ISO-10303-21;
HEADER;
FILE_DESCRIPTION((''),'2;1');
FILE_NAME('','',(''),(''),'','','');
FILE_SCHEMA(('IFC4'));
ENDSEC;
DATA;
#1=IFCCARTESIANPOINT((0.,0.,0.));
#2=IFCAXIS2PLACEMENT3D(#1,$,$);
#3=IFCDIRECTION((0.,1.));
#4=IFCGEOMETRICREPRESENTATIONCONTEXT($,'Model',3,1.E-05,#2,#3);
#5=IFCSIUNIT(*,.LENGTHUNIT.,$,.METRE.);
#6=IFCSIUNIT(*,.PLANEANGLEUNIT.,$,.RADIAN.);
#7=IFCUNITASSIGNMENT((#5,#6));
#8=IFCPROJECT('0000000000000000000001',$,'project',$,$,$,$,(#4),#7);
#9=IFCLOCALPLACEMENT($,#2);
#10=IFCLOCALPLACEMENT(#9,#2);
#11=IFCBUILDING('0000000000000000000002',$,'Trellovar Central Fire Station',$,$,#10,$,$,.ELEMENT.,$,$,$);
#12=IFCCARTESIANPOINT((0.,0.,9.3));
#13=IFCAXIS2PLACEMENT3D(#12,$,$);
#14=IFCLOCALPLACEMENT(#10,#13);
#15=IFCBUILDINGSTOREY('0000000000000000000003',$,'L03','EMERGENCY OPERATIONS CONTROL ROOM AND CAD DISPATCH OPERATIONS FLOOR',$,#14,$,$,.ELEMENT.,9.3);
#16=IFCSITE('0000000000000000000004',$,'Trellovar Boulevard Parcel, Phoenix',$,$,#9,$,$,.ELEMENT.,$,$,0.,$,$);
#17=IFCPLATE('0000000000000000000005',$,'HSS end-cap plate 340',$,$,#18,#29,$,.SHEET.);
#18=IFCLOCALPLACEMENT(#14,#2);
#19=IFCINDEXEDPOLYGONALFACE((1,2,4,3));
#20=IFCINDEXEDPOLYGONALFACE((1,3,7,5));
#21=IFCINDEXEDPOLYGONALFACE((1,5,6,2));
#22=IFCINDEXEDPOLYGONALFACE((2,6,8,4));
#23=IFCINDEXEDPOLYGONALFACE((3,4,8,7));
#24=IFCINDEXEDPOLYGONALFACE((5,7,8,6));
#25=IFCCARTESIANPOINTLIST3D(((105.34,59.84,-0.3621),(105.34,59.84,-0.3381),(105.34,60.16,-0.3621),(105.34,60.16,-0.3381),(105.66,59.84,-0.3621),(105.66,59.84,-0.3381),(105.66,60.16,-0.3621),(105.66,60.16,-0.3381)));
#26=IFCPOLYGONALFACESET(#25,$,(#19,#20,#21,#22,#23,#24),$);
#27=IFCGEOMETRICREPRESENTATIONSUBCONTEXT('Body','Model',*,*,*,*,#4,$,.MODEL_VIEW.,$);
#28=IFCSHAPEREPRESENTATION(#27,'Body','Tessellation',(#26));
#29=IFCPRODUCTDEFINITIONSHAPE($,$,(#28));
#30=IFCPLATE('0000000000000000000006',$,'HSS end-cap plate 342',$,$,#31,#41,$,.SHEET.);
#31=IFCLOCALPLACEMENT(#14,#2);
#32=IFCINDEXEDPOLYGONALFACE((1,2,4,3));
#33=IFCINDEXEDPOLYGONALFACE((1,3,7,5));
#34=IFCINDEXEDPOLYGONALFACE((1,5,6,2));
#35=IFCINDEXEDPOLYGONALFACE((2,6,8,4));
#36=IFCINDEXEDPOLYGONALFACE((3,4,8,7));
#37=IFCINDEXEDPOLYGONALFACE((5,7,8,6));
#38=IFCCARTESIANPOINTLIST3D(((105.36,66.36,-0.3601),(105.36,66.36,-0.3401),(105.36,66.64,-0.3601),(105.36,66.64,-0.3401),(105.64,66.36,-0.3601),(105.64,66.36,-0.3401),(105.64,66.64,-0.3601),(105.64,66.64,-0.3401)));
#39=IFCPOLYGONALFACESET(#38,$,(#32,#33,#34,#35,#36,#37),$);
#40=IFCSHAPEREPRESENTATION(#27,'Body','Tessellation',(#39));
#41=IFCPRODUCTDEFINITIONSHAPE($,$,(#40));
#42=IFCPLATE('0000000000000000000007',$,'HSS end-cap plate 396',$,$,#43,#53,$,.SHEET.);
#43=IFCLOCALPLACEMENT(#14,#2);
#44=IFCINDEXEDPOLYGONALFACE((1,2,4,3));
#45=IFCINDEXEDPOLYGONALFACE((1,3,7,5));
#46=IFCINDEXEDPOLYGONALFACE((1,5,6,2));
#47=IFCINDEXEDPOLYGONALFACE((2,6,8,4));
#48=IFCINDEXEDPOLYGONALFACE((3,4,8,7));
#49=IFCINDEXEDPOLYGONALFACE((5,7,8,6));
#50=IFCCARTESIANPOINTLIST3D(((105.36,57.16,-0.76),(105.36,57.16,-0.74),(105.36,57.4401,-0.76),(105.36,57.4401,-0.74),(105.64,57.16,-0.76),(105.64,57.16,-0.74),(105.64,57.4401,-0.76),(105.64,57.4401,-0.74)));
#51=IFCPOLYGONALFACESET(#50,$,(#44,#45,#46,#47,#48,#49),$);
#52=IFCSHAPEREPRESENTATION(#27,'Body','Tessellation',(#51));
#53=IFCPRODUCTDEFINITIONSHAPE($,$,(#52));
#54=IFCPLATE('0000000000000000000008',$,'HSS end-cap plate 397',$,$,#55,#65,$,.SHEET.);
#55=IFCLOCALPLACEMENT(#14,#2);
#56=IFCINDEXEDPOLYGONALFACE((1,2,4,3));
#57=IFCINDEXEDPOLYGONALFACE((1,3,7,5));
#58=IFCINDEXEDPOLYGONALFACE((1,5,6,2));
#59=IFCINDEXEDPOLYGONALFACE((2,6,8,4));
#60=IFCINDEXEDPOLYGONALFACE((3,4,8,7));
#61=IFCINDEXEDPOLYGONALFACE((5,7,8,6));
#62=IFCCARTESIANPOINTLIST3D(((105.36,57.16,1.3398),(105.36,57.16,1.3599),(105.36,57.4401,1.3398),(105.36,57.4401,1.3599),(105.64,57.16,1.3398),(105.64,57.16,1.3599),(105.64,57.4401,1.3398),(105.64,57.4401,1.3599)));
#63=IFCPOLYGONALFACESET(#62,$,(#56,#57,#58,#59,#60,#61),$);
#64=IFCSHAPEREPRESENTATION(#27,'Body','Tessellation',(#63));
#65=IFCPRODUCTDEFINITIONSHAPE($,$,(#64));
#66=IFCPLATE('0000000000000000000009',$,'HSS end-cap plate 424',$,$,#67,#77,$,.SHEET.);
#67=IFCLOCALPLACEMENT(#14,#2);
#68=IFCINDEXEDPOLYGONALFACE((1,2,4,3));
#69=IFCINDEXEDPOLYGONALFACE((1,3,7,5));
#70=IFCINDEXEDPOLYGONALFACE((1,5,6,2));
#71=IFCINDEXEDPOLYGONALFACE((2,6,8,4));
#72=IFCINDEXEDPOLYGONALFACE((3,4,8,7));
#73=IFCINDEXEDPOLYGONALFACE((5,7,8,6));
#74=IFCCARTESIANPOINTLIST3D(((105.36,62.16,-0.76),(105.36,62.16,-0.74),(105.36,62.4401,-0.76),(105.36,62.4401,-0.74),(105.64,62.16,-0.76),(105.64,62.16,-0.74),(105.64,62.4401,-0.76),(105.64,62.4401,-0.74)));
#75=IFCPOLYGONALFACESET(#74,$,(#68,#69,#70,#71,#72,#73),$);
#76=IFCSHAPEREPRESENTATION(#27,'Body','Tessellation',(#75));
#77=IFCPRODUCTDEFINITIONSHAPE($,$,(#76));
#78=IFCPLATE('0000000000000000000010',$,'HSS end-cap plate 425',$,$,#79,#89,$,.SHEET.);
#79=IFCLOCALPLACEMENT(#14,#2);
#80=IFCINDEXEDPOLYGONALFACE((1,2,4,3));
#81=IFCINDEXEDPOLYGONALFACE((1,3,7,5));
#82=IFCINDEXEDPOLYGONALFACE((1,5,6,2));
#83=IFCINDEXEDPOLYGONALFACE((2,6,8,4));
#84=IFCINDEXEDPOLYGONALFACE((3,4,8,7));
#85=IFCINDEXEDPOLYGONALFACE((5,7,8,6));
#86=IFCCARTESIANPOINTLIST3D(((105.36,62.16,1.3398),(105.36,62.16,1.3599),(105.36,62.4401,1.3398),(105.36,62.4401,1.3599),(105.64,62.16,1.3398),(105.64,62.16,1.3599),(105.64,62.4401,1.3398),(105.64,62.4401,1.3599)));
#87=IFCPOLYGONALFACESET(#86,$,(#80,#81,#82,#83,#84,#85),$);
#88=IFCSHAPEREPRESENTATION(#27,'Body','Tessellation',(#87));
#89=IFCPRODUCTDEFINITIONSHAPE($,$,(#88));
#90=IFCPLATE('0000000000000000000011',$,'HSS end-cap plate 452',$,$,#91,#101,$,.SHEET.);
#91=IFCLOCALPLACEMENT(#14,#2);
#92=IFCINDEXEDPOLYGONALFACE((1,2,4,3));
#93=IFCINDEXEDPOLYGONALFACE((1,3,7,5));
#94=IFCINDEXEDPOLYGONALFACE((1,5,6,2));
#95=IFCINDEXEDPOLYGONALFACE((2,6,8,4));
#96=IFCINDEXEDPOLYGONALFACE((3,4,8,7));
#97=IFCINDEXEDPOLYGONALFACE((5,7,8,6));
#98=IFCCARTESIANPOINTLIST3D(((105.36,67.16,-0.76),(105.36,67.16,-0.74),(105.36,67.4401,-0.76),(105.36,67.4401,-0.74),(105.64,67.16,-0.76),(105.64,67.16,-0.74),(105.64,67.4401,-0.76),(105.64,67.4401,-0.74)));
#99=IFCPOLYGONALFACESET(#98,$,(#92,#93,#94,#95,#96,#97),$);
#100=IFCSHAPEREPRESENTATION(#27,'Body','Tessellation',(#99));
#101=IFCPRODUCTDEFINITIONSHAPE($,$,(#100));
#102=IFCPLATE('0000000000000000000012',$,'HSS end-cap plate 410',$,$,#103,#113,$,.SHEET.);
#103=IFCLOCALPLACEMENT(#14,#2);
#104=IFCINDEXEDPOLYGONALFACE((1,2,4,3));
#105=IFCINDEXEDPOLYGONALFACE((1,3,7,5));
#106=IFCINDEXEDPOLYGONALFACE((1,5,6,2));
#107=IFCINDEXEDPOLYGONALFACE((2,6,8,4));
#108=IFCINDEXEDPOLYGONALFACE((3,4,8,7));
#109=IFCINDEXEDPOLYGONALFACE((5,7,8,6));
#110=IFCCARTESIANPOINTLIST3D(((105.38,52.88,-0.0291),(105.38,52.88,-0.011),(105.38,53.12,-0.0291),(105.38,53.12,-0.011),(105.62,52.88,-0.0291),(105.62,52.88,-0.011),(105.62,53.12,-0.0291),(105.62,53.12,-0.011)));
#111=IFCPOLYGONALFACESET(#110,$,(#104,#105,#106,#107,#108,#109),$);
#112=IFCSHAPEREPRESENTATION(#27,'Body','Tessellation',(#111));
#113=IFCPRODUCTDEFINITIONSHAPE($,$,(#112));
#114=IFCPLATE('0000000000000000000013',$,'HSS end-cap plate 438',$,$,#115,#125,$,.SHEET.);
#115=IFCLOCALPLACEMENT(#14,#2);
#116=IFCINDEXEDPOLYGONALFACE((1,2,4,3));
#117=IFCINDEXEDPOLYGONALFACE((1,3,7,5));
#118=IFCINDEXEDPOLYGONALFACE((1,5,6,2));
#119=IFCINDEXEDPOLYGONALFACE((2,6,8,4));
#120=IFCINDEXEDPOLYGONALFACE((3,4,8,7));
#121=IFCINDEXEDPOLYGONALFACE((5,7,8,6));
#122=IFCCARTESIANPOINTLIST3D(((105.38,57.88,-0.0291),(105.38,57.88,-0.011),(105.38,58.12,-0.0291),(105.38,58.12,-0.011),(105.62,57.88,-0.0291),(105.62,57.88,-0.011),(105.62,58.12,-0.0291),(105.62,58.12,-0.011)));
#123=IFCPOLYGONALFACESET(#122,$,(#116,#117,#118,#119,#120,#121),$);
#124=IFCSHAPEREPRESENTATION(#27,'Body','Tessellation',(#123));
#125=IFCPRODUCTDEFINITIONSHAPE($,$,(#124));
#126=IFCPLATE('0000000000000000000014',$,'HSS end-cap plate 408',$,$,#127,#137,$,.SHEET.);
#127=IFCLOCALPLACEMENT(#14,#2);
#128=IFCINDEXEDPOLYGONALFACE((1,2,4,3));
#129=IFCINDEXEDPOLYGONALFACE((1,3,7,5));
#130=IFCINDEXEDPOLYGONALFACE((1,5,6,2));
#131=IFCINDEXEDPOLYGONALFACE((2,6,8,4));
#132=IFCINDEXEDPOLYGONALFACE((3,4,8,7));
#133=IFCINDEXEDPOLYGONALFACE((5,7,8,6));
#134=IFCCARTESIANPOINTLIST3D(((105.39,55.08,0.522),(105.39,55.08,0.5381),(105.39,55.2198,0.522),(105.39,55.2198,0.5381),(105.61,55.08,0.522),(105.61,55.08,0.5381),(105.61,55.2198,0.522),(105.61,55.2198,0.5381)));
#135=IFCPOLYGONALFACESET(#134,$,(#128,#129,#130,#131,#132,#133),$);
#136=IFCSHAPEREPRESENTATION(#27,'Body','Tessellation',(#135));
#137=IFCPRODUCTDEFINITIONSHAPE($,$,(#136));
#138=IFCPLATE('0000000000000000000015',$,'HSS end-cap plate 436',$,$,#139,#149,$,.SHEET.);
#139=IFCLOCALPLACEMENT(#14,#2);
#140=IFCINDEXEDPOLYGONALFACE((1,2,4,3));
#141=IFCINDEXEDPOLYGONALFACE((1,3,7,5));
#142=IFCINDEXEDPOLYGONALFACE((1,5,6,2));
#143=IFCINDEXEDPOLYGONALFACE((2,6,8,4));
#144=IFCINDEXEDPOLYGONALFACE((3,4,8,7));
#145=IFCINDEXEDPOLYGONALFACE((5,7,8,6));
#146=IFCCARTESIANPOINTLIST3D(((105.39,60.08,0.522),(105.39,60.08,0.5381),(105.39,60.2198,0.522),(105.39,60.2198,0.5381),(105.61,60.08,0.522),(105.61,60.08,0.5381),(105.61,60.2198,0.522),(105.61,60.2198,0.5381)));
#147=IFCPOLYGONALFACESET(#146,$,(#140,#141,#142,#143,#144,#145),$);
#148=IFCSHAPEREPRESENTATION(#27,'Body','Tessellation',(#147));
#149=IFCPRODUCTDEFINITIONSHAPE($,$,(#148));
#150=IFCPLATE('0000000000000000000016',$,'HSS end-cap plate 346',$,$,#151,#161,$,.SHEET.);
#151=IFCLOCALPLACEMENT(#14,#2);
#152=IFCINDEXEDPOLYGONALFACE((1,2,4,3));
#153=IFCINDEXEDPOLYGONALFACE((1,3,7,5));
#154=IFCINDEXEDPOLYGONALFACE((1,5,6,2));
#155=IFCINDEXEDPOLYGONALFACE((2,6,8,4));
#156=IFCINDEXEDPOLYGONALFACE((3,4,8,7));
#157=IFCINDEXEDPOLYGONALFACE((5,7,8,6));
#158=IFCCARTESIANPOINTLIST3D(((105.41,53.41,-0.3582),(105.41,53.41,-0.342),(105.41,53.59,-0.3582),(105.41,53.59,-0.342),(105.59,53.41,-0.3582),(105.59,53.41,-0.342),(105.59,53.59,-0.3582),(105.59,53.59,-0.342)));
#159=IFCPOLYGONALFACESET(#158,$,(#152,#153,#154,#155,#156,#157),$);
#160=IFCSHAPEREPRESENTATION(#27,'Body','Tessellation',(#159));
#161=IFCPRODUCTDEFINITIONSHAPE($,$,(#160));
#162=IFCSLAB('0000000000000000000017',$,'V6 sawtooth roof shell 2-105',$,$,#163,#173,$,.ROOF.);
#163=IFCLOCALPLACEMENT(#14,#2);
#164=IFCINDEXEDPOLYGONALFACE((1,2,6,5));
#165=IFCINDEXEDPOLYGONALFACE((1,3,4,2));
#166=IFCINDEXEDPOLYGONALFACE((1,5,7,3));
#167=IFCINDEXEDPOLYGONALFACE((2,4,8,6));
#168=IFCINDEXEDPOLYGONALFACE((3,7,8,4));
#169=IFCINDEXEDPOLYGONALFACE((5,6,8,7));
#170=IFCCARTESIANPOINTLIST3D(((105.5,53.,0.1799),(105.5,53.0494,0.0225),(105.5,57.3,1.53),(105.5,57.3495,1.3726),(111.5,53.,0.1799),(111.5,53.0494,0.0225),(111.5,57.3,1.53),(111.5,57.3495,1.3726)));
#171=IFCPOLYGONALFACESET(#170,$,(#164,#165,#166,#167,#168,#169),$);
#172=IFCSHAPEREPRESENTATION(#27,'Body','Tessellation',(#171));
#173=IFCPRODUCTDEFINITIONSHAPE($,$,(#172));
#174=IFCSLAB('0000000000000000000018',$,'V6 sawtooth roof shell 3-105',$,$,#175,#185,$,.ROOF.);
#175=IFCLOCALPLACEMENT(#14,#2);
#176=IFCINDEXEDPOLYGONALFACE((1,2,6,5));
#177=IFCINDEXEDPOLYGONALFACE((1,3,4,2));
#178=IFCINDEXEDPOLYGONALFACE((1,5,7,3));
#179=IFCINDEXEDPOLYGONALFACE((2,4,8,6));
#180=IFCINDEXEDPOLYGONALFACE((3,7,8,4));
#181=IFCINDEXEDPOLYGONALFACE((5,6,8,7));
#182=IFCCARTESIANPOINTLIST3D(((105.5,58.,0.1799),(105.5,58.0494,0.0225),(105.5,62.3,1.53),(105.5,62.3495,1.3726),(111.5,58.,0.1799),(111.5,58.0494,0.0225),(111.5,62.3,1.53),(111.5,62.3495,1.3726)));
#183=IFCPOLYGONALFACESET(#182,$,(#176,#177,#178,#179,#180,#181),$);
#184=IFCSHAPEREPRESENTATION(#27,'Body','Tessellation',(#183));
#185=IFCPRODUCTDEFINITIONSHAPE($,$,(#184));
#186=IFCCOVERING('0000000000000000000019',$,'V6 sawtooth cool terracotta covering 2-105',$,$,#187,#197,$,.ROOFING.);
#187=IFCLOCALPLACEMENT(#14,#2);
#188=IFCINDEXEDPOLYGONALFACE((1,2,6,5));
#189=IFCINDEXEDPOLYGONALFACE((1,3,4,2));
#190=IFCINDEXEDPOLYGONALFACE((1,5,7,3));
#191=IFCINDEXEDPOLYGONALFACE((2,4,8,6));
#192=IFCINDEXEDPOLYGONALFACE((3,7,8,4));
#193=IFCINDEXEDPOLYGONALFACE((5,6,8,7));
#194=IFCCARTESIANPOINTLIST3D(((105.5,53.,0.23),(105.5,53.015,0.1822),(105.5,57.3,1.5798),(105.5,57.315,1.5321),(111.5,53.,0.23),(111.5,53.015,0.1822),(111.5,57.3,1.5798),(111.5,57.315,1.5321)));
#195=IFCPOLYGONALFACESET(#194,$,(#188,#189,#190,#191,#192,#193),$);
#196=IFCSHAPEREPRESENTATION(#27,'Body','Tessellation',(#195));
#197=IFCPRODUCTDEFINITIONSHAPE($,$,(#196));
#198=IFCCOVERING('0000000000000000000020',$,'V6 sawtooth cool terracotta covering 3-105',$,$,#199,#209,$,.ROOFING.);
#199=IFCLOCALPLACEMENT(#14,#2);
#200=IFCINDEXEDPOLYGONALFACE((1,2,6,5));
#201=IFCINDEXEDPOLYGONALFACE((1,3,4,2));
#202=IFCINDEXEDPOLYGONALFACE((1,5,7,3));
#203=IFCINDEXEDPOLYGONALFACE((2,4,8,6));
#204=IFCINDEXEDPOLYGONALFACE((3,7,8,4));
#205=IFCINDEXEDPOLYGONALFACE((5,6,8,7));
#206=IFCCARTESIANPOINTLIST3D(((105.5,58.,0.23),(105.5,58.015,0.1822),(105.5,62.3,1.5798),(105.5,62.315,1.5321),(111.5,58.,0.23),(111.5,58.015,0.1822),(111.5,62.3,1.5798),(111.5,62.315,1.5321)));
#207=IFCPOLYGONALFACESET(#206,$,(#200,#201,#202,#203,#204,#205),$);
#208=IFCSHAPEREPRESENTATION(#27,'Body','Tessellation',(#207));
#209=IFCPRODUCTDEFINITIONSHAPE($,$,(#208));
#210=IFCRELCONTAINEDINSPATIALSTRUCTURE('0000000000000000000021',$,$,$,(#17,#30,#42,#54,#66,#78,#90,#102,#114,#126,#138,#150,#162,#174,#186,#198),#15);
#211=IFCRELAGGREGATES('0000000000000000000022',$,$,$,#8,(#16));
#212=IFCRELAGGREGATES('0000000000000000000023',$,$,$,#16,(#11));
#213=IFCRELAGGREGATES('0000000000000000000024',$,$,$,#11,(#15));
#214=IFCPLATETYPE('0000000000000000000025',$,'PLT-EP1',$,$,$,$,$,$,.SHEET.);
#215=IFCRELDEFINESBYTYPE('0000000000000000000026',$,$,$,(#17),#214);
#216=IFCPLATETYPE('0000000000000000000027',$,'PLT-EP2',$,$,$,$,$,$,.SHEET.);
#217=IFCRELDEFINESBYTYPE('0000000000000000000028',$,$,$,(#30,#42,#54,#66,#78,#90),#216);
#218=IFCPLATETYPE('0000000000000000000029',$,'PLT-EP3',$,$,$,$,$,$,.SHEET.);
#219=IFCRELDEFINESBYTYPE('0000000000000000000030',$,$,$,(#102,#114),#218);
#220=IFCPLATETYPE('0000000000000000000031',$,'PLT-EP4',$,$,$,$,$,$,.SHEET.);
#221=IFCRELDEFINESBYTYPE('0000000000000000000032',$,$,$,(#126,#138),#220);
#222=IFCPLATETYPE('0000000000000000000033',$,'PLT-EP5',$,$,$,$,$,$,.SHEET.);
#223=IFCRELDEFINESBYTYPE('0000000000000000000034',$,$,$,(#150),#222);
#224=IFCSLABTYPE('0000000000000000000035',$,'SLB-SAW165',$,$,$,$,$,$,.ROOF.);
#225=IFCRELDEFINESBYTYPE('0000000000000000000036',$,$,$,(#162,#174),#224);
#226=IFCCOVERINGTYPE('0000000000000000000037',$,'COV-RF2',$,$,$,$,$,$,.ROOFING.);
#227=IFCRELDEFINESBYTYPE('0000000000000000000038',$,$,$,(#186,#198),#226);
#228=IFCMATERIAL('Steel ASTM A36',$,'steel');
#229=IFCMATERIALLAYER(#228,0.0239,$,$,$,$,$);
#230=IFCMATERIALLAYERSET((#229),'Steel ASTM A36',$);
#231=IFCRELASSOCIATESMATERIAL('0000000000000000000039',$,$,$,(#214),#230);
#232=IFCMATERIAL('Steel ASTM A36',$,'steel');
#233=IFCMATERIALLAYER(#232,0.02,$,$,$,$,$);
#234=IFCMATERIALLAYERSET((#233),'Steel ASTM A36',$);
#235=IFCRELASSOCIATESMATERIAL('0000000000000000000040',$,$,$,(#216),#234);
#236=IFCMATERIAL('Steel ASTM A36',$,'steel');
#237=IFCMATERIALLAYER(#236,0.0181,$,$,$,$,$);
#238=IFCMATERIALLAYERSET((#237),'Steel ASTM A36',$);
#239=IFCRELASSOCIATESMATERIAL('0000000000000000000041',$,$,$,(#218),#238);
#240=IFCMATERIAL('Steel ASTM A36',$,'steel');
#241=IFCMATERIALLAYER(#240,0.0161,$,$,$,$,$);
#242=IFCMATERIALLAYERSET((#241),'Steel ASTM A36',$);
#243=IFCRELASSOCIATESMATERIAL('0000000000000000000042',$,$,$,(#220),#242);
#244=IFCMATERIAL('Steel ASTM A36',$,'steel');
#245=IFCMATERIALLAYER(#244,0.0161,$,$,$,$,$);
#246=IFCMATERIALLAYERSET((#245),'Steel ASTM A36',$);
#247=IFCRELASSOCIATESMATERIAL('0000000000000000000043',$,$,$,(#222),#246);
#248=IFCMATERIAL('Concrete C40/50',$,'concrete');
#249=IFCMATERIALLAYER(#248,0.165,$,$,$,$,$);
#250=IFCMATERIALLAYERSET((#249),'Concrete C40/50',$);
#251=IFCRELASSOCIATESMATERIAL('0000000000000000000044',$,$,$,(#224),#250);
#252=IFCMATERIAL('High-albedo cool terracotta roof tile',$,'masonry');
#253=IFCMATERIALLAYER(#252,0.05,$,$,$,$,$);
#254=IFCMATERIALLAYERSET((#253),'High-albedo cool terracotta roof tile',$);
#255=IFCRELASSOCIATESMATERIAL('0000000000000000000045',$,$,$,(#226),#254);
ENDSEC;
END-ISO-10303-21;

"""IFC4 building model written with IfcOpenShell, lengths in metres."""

from ifc_helpers import new_model, si_unit, direction, frame, origin, origin_2d, place, context, subcontext, project, spatial, polyline, rectangle, outline, extrude, material, layer, layer_set, type_object, element, save


model = new_model("IFC4")

# Units and contexts
model_context = context("Model", 3, precision=1e-05, world=origin(), true_north=direction((0.0, 1.0)))
body_context = subcontext(model_context, "Body", "Model", "MODEL_VIEW")
ifc_project = project(units=[si_unit("LENGTHUNIT", "METRE"), si_unit("PLANEANGLEUNIT", "RADIAN")], contexts=[model_context])

# Site, building, storey
site_placement = place(None, origin())
site = spatial("IfcSite", under=ifc_project, at=site_placement, Name="Trellovar Boulevard Parcel, Phoenix", CompositionType="ELEMENT", RefElevation=0.0)
building_placement = place(site_placement, origin())
building = spatial("IfcBuilding", under=site, at=building_placement, Name="Trellovar Central Fire Station", CompositionType="ELEMENT")
storey_placement = place(building_placement, frame((0.0, 0.0, 9.3)))
storey = spatial("IfcBuildingStorey", under=building, at=storey_placement, Name="L03", Description="EMERGENCY OPERATIONS CONTROL ROOM AND CAD DISPATCH OPERATIONS FLOOR", CompositionType="ELEMENT", Elevation=9.3)

# Plates
ifc_material_1 = material(Name="Steel ASTM A36", Category="steel")
ifc_layer_1 = layer(ifc_material_1, 0.0239)
ifc_layer_set_1 = layer_set([ifc_layer_1], Name="Steel ASTM A36")
plate_type_1 = type_object("IfcPlateType", Name="PLT-EP1", PredefinedType="SHEET", material=ifc_layer_set_1)
plate_1_placement = place(storey_placement, frame((105.5, 60.0, -0.3621), z_axis=(0.0, 0.0, 1.0), x_axis=(1.0, 0.0, 0.0)))
element("IfcPlate", 1, at=plate_1_placement, inside=storey, type_object=plate_type_1, Name="HSS end-cap plate 340", PredefinedType="SHEET", context=body_context, shape_type="SweptSolid", body=[
    extrude(rectangle(XDim=0.3201, YDim=0.3201, at=origin_2d()), origin(), (0.0, 0.0, 1.0), 0.0239),
])
ifc_material_2 = material(Name="Steel ASTM A36", Category="steel")
ifc_layer_2 = layer(ifc_material_2, 0.02)
ifc_layer_set_2 = layer_set([ifc_layer_2], Name="Steel ASTM A36")
plate_type_2 = type_object("IfcPlateType", Name="PLT-EP2", PredefinedType="SHEET", material=ifc_layer_set_2)
for number, where, z_axis, x_axis, name in (
    (2, (105.5, 66.5, -0.3601), (0.0, 0.0, 1.0), (1.0, 0.0, 0.0), "HSS end-cap plate 342"),
    (3, (105.5, 57.3, -0.76), (0.0, 0.0, 1.0), (1.0, 0.0, 0.0), "HSS end-cap plate 396"),
    (4, (105.5, 57.3, 1.3398), (0.0, 0.0, 1.0), (1.0, 0.0, 0.0), "HSS end-cap plate 397"),
    (5, (105.5, 62.3, -0.76), (0.0, 0.0, 1.0), (1.0, 0.0, 0.0), "HSS end-cap plate 424"),
    (6, (105.5, 62.3, 1.3398), (0.0, 0.0, 1.0), (1.0, 0.0, 0.0), "HSS end-cap plate 425"),
    (7, (105.5, 67.3, -0.76), (0.0, 0.0, 1.0), (1.0, 0.0, 0.0), "HSS end-cap plate 452"),
):
    element("IfcPlate", number, at=place(storey_placement, frame(where, z_axis=z_axis, x_axis=x_axis)), inside=storey, type_object=plate_type_2, Name=name, PredefinedType="SHEET", context=body_context, shape_type="SweptSolid", body=[
        extrude(rectangle(XDim=0.28, YDim=0.28, at=origin_2d()), origin(), (0.0, 0.0, 1.0), 0.02),
    ])
ifc_material_3 = material(Name="Steel ASTM A36", Category="steel")
ifc_layer_3 = layer(ifc_material_3, 0.0181)
ifc_layer_set_3 = layer_set([ifc_layer_3], Name="Steel ASTM A36")
plate_type_3 = type_object("IfcPlateType", Name="PLT-EP3", PredefinedType="SHEET", material=ifc_layer_set_3)
for number, where, z_axis, x_axis, name in (
    (8, (105.5, 53.0, -0.0291), (0.0, 0.0, 1.0), (1.0, 0.0, 0.0), "HSS end-cap plate 410"),
    (9, (105.5, 58.0, -0.0291), (0.0, 0.0, 1.0), (1.0, 0.0, 0.0), "HSS end-cap plate 438"),
):
    element("IfcPlate", number, at=place(storey_placement, frame(where, z_axis=z_axis, x_axis=x_axis)), inside=storey, type_object=plate_type_3, Name=name, PredefinedType="SHEET", context=body_context, shape_type="SweptSolid", body=[
        extrude(rectangle(XDim=0.24, YDim=0.24, at=origin_2d()), origin(), (0.0, 0.0, 1.0), 0.0181),
    ])
ifc_material_4 = material(Name="Steel ASTM A36", Category="steel")
ifc_layer_4 = layer(ifc_material_4, 0.0161)
ifc_layer_set_4 = layer_set([ifc_layer_4], Name="Steel ASTM A36")
plate_type_4 = type_object("IfcPlateType", Name="PLT-EP4", PredefinedType="SHEET", material=ifc_layer_set_4)
for number, where, z_axis, x_axis, name in (
    (10, (105.5, 55.1499, 0.522), (0.0, 0.0, 1.0), (1.0, 0.0, 0.0), "HSS end-cap plate 408"),
    (11, (105.5, 60.1499, 0.522), (0.0, 0.0, 1.0), (1.0, 0.0, 0.0), "HSS end-cap plate 436"),
):
    element("IfcPlate", number, at=place(storey_placement, frame(where, z_axis=z_axis, x_axis=x_axis)), inside=storey, type_object=plate_type_4, Name=name, PredefinedType="SHEET", context=body_context, shape_type="SweptSolid", body=[
        extrude(rectangle(XDim=0.22, YDim=0.1399, at=origin_2d()), origin(), (0.0, 0.0, 1.0), 0.0161),
    ])
ifc_material_5 = material(Name="Steel ASTM A36", Category="steel")
ifc_layer_5 = layer(ifc_material_5, 0.0161)
ifc_layer_set_5 = layer_set([ifc_layer_5], Name="Steel ASTM A36")
plate_type_5 = type_object("IfcPlateType", Name="PLT-EP5", PredefinedType="SHEET", material=ifc_layer_set_5)
plate_2_placement = place(storey_placement, frame((105.5, 53.5, -0.3582), z_axis=(0.0, 0.0, 1.0), x_axis=(1.0, 0.0, 0.0)))
element("IfcPlate", 12, at=plate_2_placement, inside=storey, type_object=plate_type_5, Name="HSS end-cap plate 346", PredefinedType="SHEET", context=body_context, shape_type="SweptSolid", body=[
    extrude(rectangle(XDim=0.1799, YDim=0.1799, at=origin_2d()), origin(), (0.0, 0.0, 1.0), 0.0161),
])

# Slabs
ifc_material_6 = material(Name="Concrete C40/50", Category="concrete")
ifc_layer_6 = layer(ifc_material_6, 0.165)
ifc_layer_set_6 = layer_set([ifc_layer_6], Name="Concrete C40/50")
slab_type = type_object("IfcSlabType", Name="SLB-SAW165", PredefinedType="ROOF", material=ifc_layer_set_6)
for number, where, z_axis, x_axis, name in (
    (13, (105.5, 53.0, 0.1799), (0.0, -0.299555, 0.954079), (1.0, 0.0, 0.0), "V6 sawtooth roof shell 2-105"),
    (14, (105.5, 58.0, 0.1799), (0.0, -0.299555, 0.954079), (1.0, 0.0, 0.0), "V6 sawtooth roof shell 3-105"),
):
    element("IfcSlab", number, at=place(storey_placement, frame(where, z_axis=z_axis, x_axis=x_axis)), inside=storey, type_object=slab_type, Name=name, PredefinedType="ROOF", context=body_context, shape_type="SweptSolid", body=[
        extrude(outline(polyline([(0.0, 0.0), (6.0, 0.0), (6.0, 4.507), (0.0, 4.507), (0.0, 0.0)])), origin(), (0.0, 0.0, -1.0), 0.165),
    ])

# Coverings
ifc_material_7 = material(Name="High-albedo cool terracotta roof tile", Category="masonry")
ifc_layer_7 = layer(ifc_material_7, 0.05)
ifc_layer_set_7 = layer_set([ifc_layer_7], Name="High-albedo cool terracotta roof tile")
covering_type = type_object("IfcCoveringType", Name="COV-RF2", PredefinedType="ROOFING", material=ifc_layer_set_7)
for number, where, z_axis, x_axis, name in (
    (15, (105.5, 53.0, 0.23), (0.0, -0.299505, 0.954095), (1.0, 0.0, 0.0), "V6 sawtooth cool terracotta covering 2-105"),
    (16, (105.5, 58.0, 0.23), (0.0, -0.299505, 0.954095), (1.0, 0.0, 0.0), "V6 sawtooth cool terracotta covering 3-105"),
):
    element("IfcCovering", number, at=place(storey_placement, frame(where, z_axis=z_axis, x_axis=x_axis)), inside=storey, type_object=covering_type, Name=name, PredefinedType="ROOFING", context=body_context, shape_type="SweptSolid", body=[
        extrude(outline(polyline([(0.0, 0.0), (6.0, 0.0), (6.0, 4.5069), (0.0, 4.5069), (0.0, 0.0)])), origin(), (0.0, 0.0, -1.0), 0.05),
    ])

save(model, "model.ifc")
